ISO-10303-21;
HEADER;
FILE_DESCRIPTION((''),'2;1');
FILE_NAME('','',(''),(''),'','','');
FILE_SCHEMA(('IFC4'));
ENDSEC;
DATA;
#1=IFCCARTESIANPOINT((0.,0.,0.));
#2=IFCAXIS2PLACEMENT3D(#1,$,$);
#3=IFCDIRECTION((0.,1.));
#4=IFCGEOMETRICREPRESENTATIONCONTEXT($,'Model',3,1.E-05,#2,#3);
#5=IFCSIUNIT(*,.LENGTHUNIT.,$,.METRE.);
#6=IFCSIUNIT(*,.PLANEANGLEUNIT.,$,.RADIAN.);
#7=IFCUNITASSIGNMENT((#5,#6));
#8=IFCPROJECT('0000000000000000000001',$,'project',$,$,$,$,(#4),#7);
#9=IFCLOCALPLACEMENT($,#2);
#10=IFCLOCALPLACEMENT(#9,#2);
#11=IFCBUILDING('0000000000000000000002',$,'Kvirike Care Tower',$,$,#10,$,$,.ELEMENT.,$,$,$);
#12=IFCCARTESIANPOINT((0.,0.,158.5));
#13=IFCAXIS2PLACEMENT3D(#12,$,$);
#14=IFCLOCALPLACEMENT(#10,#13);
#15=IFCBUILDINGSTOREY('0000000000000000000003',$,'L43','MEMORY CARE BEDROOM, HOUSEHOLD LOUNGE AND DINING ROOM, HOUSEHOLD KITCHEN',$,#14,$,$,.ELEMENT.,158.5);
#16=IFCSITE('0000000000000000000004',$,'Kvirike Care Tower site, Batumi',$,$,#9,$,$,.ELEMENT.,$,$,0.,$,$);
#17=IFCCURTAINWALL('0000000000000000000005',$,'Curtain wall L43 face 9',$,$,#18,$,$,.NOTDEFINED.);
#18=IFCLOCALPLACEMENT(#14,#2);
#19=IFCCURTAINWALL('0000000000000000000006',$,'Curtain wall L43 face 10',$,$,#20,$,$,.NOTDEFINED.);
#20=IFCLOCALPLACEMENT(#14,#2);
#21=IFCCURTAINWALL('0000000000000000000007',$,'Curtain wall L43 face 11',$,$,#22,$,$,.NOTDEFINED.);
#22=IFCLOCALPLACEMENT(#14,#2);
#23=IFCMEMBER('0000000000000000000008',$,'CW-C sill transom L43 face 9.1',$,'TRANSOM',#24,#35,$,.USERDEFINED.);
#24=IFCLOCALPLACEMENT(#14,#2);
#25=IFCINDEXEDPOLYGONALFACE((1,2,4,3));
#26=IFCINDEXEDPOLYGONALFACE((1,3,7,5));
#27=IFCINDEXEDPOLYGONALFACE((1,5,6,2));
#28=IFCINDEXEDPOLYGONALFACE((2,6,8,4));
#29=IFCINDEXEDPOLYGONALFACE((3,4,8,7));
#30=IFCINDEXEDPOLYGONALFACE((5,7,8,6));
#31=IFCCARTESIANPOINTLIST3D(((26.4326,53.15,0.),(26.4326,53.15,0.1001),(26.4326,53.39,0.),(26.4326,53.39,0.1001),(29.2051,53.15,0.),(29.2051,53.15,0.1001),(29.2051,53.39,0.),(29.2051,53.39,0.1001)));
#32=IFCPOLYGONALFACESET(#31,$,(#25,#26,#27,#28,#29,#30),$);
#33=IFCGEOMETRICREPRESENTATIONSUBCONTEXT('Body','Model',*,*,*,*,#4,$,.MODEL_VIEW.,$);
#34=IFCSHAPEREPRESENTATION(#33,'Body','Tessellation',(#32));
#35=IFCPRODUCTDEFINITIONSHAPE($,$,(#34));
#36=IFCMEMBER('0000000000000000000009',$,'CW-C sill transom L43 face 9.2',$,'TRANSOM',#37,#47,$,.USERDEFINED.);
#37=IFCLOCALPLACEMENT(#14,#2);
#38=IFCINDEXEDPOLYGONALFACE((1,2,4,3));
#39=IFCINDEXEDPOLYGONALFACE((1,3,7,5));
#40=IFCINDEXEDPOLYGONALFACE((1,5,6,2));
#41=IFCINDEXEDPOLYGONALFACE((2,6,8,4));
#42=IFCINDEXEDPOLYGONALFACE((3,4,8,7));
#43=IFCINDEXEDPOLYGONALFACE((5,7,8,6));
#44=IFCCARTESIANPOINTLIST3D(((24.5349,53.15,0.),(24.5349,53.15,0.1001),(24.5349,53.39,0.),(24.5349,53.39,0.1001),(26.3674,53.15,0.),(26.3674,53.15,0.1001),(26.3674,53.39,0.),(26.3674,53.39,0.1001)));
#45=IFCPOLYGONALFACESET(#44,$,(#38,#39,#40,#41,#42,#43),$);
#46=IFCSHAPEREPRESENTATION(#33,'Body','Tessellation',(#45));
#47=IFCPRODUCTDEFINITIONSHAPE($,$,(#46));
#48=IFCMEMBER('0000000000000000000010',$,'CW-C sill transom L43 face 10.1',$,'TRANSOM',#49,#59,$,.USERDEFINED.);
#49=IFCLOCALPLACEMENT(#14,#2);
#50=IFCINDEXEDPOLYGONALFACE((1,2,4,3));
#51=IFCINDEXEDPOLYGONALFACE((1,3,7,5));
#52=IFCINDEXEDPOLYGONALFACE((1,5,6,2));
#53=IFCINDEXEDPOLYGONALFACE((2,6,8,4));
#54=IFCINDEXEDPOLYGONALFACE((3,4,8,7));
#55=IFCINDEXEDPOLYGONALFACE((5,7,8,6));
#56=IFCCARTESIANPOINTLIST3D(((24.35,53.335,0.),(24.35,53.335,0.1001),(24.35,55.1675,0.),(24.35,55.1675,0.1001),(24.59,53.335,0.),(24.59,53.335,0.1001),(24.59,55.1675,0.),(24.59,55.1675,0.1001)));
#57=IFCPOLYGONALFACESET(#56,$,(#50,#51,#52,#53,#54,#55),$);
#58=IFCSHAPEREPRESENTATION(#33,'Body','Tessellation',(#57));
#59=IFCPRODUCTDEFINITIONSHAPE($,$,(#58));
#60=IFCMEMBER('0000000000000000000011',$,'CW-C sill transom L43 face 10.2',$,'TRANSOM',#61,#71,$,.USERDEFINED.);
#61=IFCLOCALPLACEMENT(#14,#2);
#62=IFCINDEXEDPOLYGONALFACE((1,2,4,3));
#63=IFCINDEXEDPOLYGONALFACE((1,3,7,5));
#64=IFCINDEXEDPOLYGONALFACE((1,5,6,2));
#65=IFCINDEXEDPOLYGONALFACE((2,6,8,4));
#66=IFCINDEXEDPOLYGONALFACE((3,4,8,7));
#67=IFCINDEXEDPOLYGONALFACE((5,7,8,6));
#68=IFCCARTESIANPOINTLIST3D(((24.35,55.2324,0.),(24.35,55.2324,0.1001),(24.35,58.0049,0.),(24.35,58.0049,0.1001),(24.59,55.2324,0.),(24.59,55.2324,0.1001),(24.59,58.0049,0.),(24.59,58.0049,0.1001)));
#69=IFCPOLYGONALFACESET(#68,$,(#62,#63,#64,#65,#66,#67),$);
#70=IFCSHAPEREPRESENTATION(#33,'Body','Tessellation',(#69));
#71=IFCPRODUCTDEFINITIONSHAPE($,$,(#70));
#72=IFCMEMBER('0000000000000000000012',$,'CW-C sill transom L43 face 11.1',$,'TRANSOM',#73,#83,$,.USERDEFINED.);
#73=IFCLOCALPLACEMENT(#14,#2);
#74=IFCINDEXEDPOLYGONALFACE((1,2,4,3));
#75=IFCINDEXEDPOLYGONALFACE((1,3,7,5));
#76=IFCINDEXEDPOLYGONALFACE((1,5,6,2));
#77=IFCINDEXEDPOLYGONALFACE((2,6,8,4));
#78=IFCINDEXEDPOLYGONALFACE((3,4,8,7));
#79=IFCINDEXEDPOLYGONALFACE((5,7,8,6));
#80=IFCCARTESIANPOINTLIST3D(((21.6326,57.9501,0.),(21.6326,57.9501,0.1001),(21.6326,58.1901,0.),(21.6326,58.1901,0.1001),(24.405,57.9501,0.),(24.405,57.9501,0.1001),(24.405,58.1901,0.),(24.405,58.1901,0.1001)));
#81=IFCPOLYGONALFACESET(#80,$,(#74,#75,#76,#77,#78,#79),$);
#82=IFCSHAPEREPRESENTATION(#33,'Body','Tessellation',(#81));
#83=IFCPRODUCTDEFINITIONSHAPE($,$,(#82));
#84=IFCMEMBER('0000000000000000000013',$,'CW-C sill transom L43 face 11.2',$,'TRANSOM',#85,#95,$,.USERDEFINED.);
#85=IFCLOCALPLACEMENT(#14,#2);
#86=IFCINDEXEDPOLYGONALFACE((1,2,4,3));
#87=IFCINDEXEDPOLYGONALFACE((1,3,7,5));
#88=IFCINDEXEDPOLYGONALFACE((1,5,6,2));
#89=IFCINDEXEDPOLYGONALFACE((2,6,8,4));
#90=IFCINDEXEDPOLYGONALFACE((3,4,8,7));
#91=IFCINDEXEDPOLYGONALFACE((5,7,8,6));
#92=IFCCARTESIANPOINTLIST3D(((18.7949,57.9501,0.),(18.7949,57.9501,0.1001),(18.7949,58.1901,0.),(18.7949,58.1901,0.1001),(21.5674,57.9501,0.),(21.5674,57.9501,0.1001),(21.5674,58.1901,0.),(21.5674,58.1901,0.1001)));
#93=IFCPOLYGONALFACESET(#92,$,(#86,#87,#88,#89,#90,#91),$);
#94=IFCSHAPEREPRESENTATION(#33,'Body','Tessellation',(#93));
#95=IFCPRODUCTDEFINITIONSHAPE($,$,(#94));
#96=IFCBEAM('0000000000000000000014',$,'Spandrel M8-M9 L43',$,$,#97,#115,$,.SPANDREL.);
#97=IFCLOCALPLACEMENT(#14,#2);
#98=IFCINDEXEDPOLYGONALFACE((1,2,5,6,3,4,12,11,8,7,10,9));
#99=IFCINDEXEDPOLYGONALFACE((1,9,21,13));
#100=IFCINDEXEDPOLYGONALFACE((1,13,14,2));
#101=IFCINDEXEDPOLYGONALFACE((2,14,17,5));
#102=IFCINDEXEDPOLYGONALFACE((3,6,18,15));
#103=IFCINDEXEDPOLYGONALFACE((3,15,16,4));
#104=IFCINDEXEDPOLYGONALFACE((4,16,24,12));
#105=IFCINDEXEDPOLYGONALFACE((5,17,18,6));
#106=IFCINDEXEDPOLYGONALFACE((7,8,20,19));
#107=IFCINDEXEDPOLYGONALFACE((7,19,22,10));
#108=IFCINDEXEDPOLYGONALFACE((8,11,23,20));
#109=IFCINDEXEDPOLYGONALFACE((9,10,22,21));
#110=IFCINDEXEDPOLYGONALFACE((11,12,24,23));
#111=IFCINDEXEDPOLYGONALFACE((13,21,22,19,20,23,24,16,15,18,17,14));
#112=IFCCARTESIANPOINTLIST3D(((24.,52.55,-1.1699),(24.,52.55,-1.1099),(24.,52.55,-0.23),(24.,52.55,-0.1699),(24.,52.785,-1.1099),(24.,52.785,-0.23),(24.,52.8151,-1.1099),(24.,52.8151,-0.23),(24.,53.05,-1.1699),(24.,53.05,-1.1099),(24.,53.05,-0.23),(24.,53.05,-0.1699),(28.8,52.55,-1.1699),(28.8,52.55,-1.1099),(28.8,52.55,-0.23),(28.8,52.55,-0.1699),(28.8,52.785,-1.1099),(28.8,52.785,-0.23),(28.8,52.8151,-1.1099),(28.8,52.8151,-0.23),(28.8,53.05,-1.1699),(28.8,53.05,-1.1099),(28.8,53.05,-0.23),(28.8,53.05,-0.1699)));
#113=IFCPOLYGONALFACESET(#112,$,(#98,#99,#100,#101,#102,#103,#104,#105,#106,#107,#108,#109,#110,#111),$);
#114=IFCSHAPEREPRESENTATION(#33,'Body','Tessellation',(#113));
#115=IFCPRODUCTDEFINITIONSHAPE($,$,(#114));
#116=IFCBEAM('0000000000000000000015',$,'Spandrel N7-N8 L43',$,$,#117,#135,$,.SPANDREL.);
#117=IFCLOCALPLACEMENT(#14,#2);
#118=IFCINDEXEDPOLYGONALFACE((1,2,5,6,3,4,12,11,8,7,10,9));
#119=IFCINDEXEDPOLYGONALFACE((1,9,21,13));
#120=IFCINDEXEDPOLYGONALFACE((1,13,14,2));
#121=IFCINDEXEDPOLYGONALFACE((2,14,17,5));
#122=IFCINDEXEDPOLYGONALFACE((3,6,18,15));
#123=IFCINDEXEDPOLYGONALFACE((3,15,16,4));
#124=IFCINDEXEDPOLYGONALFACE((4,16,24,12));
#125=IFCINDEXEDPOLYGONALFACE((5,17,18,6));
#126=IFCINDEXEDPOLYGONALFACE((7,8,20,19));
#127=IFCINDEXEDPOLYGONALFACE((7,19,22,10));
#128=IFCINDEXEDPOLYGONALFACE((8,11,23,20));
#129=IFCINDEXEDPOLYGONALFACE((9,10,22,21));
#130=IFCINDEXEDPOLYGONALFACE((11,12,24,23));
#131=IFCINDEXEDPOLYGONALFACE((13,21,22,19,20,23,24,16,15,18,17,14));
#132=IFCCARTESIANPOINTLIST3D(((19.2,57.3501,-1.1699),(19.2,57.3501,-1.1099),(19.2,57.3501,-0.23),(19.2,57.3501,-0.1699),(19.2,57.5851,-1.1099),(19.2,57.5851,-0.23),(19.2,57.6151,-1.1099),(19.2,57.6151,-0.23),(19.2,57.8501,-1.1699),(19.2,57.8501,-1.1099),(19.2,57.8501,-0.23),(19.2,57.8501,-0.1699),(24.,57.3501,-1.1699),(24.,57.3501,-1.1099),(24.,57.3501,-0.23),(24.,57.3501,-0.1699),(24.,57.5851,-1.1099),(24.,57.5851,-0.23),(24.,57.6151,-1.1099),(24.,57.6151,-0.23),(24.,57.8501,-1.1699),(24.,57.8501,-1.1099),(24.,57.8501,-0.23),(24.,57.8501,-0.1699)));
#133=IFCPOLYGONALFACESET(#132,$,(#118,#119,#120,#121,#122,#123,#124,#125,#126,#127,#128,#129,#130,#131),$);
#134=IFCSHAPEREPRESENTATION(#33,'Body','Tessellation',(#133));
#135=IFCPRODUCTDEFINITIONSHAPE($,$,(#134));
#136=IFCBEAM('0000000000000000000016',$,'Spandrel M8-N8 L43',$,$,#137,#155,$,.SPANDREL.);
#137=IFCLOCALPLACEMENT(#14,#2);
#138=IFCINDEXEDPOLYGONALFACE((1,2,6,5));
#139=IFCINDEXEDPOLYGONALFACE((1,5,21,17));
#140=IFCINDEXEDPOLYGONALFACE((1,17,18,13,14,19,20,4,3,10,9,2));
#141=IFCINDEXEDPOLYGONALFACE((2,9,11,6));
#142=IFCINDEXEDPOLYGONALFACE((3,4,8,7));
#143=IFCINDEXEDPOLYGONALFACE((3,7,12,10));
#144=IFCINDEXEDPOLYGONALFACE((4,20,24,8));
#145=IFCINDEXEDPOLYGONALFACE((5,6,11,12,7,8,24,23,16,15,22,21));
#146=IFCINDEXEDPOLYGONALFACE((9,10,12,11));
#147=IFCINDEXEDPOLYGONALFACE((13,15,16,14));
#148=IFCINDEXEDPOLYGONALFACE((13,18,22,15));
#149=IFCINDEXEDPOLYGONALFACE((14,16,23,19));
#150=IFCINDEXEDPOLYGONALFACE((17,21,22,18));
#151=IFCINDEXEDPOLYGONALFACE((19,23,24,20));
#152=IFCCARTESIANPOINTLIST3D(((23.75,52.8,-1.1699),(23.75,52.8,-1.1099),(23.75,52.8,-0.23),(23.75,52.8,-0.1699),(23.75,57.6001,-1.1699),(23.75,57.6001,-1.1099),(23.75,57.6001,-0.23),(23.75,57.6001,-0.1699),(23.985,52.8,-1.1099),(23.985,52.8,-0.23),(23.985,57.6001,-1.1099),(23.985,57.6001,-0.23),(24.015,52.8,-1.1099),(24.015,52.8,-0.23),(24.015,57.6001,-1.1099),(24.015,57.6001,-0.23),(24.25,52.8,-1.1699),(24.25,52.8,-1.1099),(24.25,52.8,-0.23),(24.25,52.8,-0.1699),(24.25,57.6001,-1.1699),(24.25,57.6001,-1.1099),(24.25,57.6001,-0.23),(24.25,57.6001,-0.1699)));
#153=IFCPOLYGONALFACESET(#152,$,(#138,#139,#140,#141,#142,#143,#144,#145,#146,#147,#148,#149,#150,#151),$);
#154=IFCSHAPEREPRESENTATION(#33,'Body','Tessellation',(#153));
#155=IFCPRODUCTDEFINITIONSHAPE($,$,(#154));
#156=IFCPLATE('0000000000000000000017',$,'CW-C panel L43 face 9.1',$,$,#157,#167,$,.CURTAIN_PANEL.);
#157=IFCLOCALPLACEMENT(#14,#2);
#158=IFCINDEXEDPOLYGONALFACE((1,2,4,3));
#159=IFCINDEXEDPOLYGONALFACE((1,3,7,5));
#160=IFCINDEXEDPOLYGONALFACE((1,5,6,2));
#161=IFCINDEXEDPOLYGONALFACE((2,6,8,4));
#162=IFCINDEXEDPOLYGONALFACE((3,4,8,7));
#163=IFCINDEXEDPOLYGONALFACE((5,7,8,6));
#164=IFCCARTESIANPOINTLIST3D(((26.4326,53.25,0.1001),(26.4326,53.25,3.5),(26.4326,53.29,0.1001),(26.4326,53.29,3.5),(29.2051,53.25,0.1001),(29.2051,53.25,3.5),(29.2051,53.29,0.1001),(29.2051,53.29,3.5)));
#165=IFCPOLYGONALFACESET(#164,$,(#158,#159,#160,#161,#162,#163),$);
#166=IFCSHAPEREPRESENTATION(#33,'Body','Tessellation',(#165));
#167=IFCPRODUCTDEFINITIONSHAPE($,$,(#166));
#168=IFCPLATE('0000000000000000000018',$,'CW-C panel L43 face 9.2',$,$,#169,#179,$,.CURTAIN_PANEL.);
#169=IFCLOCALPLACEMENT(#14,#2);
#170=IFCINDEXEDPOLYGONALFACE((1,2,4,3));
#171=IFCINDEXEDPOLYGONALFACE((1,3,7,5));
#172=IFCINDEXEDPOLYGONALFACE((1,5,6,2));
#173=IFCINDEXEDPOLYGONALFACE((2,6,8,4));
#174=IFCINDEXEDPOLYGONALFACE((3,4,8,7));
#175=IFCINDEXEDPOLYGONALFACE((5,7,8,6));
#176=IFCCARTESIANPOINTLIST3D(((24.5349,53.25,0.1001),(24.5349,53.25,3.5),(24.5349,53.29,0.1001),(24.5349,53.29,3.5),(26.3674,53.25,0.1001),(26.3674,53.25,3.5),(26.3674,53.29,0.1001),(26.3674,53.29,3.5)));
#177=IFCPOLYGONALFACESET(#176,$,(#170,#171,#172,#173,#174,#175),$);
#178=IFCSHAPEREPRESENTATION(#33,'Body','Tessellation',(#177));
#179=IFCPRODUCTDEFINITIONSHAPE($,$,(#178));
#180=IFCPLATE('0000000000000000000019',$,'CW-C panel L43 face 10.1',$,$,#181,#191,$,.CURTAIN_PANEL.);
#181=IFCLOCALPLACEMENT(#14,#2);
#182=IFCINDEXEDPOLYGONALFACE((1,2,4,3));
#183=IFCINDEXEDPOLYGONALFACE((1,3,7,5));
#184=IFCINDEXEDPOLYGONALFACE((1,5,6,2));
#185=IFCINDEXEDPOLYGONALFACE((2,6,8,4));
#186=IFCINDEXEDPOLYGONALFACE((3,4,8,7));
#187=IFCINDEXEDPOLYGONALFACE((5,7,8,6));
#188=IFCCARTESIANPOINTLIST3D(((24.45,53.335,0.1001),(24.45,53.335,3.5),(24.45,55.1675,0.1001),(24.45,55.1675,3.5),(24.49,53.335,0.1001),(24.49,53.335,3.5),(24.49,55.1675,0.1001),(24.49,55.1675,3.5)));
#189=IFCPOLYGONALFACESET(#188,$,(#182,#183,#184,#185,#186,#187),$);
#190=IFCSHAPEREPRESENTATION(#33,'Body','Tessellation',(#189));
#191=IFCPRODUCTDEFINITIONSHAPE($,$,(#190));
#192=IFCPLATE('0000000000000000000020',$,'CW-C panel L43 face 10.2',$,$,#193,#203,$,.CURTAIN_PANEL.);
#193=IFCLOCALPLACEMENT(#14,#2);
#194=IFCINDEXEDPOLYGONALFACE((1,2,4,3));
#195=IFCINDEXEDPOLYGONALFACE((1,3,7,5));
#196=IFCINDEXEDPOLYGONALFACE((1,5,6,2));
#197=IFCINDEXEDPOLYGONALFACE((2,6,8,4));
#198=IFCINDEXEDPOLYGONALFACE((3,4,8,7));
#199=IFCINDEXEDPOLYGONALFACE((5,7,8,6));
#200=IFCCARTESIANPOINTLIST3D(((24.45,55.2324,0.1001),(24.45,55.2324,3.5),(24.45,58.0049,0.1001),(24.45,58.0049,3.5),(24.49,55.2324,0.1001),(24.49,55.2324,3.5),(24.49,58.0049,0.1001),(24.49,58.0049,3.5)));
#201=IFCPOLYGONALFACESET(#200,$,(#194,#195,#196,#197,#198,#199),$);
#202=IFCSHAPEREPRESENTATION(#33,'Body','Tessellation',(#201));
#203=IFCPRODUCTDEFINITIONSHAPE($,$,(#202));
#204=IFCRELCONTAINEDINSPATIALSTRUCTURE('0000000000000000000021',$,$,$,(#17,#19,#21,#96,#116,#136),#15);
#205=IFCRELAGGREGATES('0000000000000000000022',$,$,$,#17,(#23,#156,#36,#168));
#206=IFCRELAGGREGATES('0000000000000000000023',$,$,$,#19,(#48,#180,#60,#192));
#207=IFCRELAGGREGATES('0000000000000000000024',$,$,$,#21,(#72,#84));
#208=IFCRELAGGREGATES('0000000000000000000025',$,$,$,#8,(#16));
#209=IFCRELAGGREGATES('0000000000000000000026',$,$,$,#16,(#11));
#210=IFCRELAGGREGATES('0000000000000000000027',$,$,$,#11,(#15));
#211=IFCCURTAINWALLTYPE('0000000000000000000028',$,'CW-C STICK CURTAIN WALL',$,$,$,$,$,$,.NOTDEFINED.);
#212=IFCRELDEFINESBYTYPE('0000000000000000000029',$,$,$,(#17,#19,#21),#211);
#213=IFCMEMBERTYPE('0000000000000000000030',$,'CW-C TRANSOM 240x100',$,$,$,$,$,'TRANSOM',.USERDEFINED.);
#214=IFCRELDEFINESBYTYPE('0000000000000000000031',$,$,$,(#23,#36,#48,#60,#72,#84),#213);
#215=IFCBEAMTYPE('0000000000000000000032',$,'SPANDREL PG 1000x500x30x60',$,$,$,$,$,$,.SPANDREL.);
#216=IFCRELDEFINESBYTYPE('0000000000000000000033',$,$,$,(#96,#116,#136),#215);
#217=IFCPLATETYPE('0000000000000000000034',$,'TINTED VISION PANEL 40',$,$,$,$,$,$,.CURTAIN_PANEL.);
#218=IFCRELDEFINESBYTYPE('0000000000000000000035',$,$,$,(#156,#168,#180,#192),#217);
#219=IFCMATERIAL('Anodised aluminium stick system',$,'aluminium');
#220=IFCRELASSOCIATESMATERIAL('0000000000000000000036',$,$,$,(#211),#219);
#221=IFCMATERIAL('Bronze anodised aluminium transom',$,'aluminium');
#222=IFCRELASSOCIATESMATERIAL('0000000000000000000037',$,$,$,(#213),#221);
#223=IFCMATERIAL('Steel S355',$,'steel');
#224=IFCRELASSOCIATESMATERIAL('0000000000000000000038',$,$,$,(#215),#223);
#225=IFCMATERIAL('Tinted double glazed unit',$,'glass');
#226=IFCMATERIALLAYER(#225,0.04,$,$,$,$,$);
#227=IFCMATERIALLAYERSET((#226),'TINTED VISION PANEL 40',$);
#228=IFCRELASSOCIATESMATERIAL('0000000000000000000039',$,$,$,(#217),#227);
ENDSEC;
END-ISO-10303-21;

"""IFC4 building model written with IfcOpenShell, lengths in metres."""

from ifc_helpers import new_model, si_unit, direction, frame, origin, origin_2d, place, context, subcontext, project, spatial, rectangle, i_section, extrude, material, layer, layer_set, material_profile, profile_set, type_object, element, aggregate, save


model = new_model("IFC4")

# Units and contexts
model_context = context("Model", 3, precision=1e-05, world=origin(), true_north=direction((0.0, 1.0)))
body_context = subcontext(model_context, "Body", "Model", "MODEL_VIEW")
ifc_project = project(units=[si_unit("LENGTHUNIT", "METRE"), si_unit("PLANEANGLEUNIT", "RADIAN")], contexts=[model_context])

# Site, building, storey
site_placement = place(None, origin())
site = spatial("IfcSite", under=ifc_project, at=site_placement, Name="Kvirike Care Tower site, Batumi", CompositionType="ELEMENT", RefElevation=0.0)
building_placement = place(site_placement, origin())
building = spatial("IfcBuilding", under=site, at=building_placement, Name="Kvirike Care Tower", CompositionType="ELEMENT")
storey_placement = place(building_placement, frame((0.0, 0.0, 158.5)))
storey = spatial("IfcBuildingStorey", under=building, at=storey_placement, Name="L43", Description="MEMORY CARE BEDROOM, HOUSEHOLD LOUNGE AND DINING ROOM, HOUSEHOLD KITCHEN", CompositionType="ELEMENT", Elevation=158.5)

# Curtain walls
ifc_material_1 = material(Name="Anodised aluminium stick system", Category="aluminium")
curtain_wall_type = type_object("IfcCurtainWallType", Name="CW-C STICK CURTAIN WALL", PredefinedType="NOTDEFINED", material=ifc_material_1)
curtain_wall_1_placement = place(storey_placement, origin())
curtain_wall_1 = element("IfcCurtainWall", 1, at=curtain_wall_1_placement, inside=storey, type_object=curtain_wall_type, Name="Curtain wall L43 face 9", PredefinedType="NOTDEFINED")
curtain_wall_2_placement = place(storey_placement, origin())
curtain_wall_2 = element("IfcCurtainWall", 2, at=curtain_wall_2_placement, inside=storey, type_object=curtain_wall_type, Name="Curtain wall L43 face 10", PredefinedType="NOTDEFINED")

# Curtain wall
curtain_wall_3_placement = place(storey_placement, origin())
curtain_wall_3 = element("IfcCurtainWall", 3, at=curtain_wall_3_placement, inside=storey, type_object=curtain_wall_type, Name="Curtain wall L43 face 11", PredefinedType="NOTDEFINED")

# Members
ifc_material_2 = material(Name="Bronze anodised aluminium transom", Category="aluminium")
ifc_material_profile_1 = material_profile(ifc_material_2, rectangle(XDim=0.24, YDim=0.1001, at=origin_2d()), Name="CW-C TRANSOM 240x100")
ifc_profile_set_1 = profile_set([ifc_material_profile_1], Name="Bronze anodised aluminium transom")
member_type_1 = type_object("IfcMemberType", Name="CW-C TRANSOM 240x100", ElementType="TRANSOM", PredefinedType="USERDEFINED", material=ifc_profile_set_1)
member_1_placement = place(storey_placement, frame((29.2051, 53.27, 0.05), z_axis=(-1.0, 0.0, 0.0), x_axis=(0.0, -1.0, 0.0)))
member_1 = element("IfcMember", 4, at=member_1_placement, type_object=member_type_1, Name="CW-C sill transom L43 face 9.1", ObjectType="TRANSOM", PredefinedType="USERDEFINED", context=body_context, shape_type="SweptSolid", body=[
    extrude(rectangle(XDim=0.24, YDim=0.1001, at=origin_2d()), origin(), (0.0, 0.0, 1.0), 2.7725),
])
member_2_placement = place(storey_placement, frame((26.3674, 53.27, 0.05), z_axis=(-1.0, 0.0, 0.0), x_axis=(0.0, -1.0, 0.0)))
member_2 = element("IfcMember", 5, at=member_2_placement, type_object=member_type_1, Name="CW-C sill transom L43 face 9.2", ObjectType="TRANSOM", PredefinedType="USERDEFINED", context=body_context, shape_type="SweptSolid", body=[
    extrude(rectangle(XDim=0.24, YDim=0.1001, at=origin_2d()), origin(), (0.0, 0.0, 1.0), 1.8325),
])
member_3_placement = place(storey_placement, frame((24.47, 53.335, 0.05), z_axis=(0.0, 1.0, 0.0), x_axis=(-1.0, 0.0, 0.0)))
member_3 = element("IfcMember", 6, at=member_3_placement, type_object=member_type_1, Name="CW-C sill transom L43 face 10.1", ObjectType="TRANSOM", PredefinedType="USERDEFINED", context=body_context, shape_type="SweptSolid", body=[
    extrude(rectangle(XDim=0.24, YDim=0.1001, at=origin_2d()), origin(), (0.0, 0.0, 1.0), 1.8325),
])
member_4_placement = place(storey_placement, frame((24.47, 55.2324, 0.05), z_axis=(0.0, 1.0, 0.0), x_axis=(-1.0, 0.0, 0.0)))
member_4 = element("IfcMember", 7, at=member_4_placement, type_object=member_type_1, Name="CW-C sill transom L43 face 10.2", ObjectType="TRANSOM", PredefinedType="USERDEFINED", context=body_context, shape_type="SweptSolid", body=[
    extrude(rectangle(XDim=0.24, YDim=0.1001, at=origin_2d()), origin(), (0.0, 0.0, 1.0), 2.7725),
])
member_5_placement = place(storey_placement, frame((24.405, 58.0701, 0.05), z_axis=(-1.0, 0.0, 0.0), x_axis=(0.0, -1.0, 0.0)))
member_5 = element("IfcMember", 8, at=member_5_placement, type_object=member_type_1, Name="CW-C sill transom L43 face 11.1", ObjectType="TRANSOM", PredefinedType="USERDEFINED", context=body_context, shape_type="SweptSolid", body=[
    extrude(rectangle(XDim=0.24, YDim=0.1001, at=origin_2d()), origin(), (0.0, 0.0, 1.0), 2.7725),
])
member_6_placement = place(storey_placement, frame((21.5674, 58.0701, 0.05), z_axis=(-1.0, 0.0, 0.0), x_axis=(0.0, -1.0, 0.0)))
member_6 = element("IfcMember", 9, at=member_6_placement, type_object=member_type_1, Name="CW-C sill transom L43 face 11.2", ObjectType="TRANSOM", PredefinedType="USERDEFINED", context=body_context, shape_type="SweptSolid", body=[
    extrude(rectangle(XDim=0.24, YDim=0.1001, at=origin_2d()), origin(), (0.0, 0.0, 1.0), 2.7725),
])

# Beams
ifc_material_3 = material(Name="Steel S355", Category="steel")
ifc_material_profile_2 = material_profile(ifc_material_3, i_section(OverallWidth=0.5, OverallDepth=1.0, WebThickness=0.03, FlangeThickness=0.0601, at=origin_2d()), Name="PG 1000x500x30x60")
ifc_profile_set_2 = profile_set([ifc_material_profile_2], Name="Steel S355")
beam_type = type_object("IfcBeamType", Name="SPANDREL PG 1000x500x30x60", PredefinedType="SPANDREL", material=ifc_profile_set_2)
for number, where, z_axis, x_axis, name in (
    (10, (24.0, 52.8, -0.6699), (1.0, 0.0, 0.0), (0.0, 1.0, 0.0), "Spandrel M8-M9 L43"),
    (11, (19.2, 57.6001, -0.6699), (1.0, 0.0, 0.0), (0.0, 1.0, 0.0), "Spandrel N7-N8 L43"),
    (12, (24.0, 52.8, -0.6699), (0.0, 1.0, 0.0), (-1.0, 0.0, 0.0), "Spandrel M8-N8 L43"),
):
    element("IfcBeam", number, at=place(storey_placement, frame(where, z_axis=z_axis, x_axis=x_axis)), inside=storey, type_object=beam_type, Name=name, PredefinedType="SPANDREL", context=body_context, shape_type="SweptSolid", body=[
        extrude(i_section(OverallWidth=0.5, OverallDepth=1.0, WebThickness=0.03, FlangeThickness=0.0601, at=origin_2d()), origin(), (0.0, 0.0, 1.0), 4.8),
    ])

# Plates
ifc_material_4 = material(Name="Tinted double glazed unit", Category="glass")
ifc_layer_1 = layer(ifc_material_4, 0.04)
ifc_layer_set_1 = layer_set([ifc_layer_1], Name="TINTED VISION PANEL 40")
plate_type = type_object("IfcPlateType", Name="TINTED VISION PANEL 40", PredefinedType="CURTAIN_PANEL", material=ifc_layer_set_1)
plate_1_placement = place(storey_placement, frame((27.8188, 53.27, 0.1001), z_axis=(0.0, 0.0, 1.0), x_axis=(-1.0, 0.0, 0.0)))
plate_1 = element("IfcPlate", 13, at=plate_1_placement, type_object=plate_type, Name="CW-C panel L43 face 9.1", PredefinedType="CURTAIN_PANEL", context=body_context, shape_type="SweptSolid", body=[
    extrude(rectangle(XDim=2.7725, YDim=0.04, at=origin_2d()), origin(), (0.0, 0.0, 1.0), 3.3999),
])
plate_2_placement = place(storey_placement, frame((25.4512, 53.27, 0.1001), z_axis=(0.0, 0.0, 1.0), x_axis=(-1.0, 0.0, 0.0)))
plate_2 = element("IfcPlate", 14, at=plate_2_placement, type_object=plate_type, Name="CW-C panel L43 face 9.2", PredefinedType="CURTAIN_PANEL", context=body_context, shape_type="SweptSolid", body=[
    extrude(rectangle(XDim=1.8325, YDim=0.04, at=origin_2d()), origin(), (0.0, 0.0, 1.0), 3.3999),
])
aggregate(curtain_wall_1, [member_1, plate_1, member_2, plate_2])
plate_3_placement = place(storey_placement, frame((24.47, 54.2512, 0.1001), z_axis=(0.0, 0.0, 1.0), x_axis=(0.0, 1.0, 0.0)))
plate_3 = element("IfcPlate", 15, at=plate_3_placement, type_object=plate_type, Name="CW-C panel L43 face 10.1", PredefinedType="CURTAIN_PANEL", context=body_context, shape_type="SweptSolid", body=[
    extrude(rectangle(XDim=1.8325, YDim=0.04, at=origin_2d()), origin(), (0.0, 0.0, 1.0), 3.3999),
])
plate_4_placement = place(storey_placement, frame((24.47, 56.6187, 0.1001), z_axis=(0.0, 0.0, 1.0), x_axis=(0.0, 1.0, 0.0)))
plate_4 = element("IfcPlate", 16, at=plate_4_placement, type_object=plate_type, Name="CW-C panel L43 face 10.2", PredefinedType="CURTAIN_PANEL", context=body_context, shape_type="SweptSolid", body=[
    extrude(rectangle(XDim=2.7725, YDim=0.04, at=origin_2d()), origin(), (0.0, 0.0, 1.0), 3.3999),
])
aggregate(curtain_wall_2, [member_3, plate_3, member_4, plate_4])
aggregate(curtain_wall_3, [member_5, member_6])

save(model, "model.ifc")
